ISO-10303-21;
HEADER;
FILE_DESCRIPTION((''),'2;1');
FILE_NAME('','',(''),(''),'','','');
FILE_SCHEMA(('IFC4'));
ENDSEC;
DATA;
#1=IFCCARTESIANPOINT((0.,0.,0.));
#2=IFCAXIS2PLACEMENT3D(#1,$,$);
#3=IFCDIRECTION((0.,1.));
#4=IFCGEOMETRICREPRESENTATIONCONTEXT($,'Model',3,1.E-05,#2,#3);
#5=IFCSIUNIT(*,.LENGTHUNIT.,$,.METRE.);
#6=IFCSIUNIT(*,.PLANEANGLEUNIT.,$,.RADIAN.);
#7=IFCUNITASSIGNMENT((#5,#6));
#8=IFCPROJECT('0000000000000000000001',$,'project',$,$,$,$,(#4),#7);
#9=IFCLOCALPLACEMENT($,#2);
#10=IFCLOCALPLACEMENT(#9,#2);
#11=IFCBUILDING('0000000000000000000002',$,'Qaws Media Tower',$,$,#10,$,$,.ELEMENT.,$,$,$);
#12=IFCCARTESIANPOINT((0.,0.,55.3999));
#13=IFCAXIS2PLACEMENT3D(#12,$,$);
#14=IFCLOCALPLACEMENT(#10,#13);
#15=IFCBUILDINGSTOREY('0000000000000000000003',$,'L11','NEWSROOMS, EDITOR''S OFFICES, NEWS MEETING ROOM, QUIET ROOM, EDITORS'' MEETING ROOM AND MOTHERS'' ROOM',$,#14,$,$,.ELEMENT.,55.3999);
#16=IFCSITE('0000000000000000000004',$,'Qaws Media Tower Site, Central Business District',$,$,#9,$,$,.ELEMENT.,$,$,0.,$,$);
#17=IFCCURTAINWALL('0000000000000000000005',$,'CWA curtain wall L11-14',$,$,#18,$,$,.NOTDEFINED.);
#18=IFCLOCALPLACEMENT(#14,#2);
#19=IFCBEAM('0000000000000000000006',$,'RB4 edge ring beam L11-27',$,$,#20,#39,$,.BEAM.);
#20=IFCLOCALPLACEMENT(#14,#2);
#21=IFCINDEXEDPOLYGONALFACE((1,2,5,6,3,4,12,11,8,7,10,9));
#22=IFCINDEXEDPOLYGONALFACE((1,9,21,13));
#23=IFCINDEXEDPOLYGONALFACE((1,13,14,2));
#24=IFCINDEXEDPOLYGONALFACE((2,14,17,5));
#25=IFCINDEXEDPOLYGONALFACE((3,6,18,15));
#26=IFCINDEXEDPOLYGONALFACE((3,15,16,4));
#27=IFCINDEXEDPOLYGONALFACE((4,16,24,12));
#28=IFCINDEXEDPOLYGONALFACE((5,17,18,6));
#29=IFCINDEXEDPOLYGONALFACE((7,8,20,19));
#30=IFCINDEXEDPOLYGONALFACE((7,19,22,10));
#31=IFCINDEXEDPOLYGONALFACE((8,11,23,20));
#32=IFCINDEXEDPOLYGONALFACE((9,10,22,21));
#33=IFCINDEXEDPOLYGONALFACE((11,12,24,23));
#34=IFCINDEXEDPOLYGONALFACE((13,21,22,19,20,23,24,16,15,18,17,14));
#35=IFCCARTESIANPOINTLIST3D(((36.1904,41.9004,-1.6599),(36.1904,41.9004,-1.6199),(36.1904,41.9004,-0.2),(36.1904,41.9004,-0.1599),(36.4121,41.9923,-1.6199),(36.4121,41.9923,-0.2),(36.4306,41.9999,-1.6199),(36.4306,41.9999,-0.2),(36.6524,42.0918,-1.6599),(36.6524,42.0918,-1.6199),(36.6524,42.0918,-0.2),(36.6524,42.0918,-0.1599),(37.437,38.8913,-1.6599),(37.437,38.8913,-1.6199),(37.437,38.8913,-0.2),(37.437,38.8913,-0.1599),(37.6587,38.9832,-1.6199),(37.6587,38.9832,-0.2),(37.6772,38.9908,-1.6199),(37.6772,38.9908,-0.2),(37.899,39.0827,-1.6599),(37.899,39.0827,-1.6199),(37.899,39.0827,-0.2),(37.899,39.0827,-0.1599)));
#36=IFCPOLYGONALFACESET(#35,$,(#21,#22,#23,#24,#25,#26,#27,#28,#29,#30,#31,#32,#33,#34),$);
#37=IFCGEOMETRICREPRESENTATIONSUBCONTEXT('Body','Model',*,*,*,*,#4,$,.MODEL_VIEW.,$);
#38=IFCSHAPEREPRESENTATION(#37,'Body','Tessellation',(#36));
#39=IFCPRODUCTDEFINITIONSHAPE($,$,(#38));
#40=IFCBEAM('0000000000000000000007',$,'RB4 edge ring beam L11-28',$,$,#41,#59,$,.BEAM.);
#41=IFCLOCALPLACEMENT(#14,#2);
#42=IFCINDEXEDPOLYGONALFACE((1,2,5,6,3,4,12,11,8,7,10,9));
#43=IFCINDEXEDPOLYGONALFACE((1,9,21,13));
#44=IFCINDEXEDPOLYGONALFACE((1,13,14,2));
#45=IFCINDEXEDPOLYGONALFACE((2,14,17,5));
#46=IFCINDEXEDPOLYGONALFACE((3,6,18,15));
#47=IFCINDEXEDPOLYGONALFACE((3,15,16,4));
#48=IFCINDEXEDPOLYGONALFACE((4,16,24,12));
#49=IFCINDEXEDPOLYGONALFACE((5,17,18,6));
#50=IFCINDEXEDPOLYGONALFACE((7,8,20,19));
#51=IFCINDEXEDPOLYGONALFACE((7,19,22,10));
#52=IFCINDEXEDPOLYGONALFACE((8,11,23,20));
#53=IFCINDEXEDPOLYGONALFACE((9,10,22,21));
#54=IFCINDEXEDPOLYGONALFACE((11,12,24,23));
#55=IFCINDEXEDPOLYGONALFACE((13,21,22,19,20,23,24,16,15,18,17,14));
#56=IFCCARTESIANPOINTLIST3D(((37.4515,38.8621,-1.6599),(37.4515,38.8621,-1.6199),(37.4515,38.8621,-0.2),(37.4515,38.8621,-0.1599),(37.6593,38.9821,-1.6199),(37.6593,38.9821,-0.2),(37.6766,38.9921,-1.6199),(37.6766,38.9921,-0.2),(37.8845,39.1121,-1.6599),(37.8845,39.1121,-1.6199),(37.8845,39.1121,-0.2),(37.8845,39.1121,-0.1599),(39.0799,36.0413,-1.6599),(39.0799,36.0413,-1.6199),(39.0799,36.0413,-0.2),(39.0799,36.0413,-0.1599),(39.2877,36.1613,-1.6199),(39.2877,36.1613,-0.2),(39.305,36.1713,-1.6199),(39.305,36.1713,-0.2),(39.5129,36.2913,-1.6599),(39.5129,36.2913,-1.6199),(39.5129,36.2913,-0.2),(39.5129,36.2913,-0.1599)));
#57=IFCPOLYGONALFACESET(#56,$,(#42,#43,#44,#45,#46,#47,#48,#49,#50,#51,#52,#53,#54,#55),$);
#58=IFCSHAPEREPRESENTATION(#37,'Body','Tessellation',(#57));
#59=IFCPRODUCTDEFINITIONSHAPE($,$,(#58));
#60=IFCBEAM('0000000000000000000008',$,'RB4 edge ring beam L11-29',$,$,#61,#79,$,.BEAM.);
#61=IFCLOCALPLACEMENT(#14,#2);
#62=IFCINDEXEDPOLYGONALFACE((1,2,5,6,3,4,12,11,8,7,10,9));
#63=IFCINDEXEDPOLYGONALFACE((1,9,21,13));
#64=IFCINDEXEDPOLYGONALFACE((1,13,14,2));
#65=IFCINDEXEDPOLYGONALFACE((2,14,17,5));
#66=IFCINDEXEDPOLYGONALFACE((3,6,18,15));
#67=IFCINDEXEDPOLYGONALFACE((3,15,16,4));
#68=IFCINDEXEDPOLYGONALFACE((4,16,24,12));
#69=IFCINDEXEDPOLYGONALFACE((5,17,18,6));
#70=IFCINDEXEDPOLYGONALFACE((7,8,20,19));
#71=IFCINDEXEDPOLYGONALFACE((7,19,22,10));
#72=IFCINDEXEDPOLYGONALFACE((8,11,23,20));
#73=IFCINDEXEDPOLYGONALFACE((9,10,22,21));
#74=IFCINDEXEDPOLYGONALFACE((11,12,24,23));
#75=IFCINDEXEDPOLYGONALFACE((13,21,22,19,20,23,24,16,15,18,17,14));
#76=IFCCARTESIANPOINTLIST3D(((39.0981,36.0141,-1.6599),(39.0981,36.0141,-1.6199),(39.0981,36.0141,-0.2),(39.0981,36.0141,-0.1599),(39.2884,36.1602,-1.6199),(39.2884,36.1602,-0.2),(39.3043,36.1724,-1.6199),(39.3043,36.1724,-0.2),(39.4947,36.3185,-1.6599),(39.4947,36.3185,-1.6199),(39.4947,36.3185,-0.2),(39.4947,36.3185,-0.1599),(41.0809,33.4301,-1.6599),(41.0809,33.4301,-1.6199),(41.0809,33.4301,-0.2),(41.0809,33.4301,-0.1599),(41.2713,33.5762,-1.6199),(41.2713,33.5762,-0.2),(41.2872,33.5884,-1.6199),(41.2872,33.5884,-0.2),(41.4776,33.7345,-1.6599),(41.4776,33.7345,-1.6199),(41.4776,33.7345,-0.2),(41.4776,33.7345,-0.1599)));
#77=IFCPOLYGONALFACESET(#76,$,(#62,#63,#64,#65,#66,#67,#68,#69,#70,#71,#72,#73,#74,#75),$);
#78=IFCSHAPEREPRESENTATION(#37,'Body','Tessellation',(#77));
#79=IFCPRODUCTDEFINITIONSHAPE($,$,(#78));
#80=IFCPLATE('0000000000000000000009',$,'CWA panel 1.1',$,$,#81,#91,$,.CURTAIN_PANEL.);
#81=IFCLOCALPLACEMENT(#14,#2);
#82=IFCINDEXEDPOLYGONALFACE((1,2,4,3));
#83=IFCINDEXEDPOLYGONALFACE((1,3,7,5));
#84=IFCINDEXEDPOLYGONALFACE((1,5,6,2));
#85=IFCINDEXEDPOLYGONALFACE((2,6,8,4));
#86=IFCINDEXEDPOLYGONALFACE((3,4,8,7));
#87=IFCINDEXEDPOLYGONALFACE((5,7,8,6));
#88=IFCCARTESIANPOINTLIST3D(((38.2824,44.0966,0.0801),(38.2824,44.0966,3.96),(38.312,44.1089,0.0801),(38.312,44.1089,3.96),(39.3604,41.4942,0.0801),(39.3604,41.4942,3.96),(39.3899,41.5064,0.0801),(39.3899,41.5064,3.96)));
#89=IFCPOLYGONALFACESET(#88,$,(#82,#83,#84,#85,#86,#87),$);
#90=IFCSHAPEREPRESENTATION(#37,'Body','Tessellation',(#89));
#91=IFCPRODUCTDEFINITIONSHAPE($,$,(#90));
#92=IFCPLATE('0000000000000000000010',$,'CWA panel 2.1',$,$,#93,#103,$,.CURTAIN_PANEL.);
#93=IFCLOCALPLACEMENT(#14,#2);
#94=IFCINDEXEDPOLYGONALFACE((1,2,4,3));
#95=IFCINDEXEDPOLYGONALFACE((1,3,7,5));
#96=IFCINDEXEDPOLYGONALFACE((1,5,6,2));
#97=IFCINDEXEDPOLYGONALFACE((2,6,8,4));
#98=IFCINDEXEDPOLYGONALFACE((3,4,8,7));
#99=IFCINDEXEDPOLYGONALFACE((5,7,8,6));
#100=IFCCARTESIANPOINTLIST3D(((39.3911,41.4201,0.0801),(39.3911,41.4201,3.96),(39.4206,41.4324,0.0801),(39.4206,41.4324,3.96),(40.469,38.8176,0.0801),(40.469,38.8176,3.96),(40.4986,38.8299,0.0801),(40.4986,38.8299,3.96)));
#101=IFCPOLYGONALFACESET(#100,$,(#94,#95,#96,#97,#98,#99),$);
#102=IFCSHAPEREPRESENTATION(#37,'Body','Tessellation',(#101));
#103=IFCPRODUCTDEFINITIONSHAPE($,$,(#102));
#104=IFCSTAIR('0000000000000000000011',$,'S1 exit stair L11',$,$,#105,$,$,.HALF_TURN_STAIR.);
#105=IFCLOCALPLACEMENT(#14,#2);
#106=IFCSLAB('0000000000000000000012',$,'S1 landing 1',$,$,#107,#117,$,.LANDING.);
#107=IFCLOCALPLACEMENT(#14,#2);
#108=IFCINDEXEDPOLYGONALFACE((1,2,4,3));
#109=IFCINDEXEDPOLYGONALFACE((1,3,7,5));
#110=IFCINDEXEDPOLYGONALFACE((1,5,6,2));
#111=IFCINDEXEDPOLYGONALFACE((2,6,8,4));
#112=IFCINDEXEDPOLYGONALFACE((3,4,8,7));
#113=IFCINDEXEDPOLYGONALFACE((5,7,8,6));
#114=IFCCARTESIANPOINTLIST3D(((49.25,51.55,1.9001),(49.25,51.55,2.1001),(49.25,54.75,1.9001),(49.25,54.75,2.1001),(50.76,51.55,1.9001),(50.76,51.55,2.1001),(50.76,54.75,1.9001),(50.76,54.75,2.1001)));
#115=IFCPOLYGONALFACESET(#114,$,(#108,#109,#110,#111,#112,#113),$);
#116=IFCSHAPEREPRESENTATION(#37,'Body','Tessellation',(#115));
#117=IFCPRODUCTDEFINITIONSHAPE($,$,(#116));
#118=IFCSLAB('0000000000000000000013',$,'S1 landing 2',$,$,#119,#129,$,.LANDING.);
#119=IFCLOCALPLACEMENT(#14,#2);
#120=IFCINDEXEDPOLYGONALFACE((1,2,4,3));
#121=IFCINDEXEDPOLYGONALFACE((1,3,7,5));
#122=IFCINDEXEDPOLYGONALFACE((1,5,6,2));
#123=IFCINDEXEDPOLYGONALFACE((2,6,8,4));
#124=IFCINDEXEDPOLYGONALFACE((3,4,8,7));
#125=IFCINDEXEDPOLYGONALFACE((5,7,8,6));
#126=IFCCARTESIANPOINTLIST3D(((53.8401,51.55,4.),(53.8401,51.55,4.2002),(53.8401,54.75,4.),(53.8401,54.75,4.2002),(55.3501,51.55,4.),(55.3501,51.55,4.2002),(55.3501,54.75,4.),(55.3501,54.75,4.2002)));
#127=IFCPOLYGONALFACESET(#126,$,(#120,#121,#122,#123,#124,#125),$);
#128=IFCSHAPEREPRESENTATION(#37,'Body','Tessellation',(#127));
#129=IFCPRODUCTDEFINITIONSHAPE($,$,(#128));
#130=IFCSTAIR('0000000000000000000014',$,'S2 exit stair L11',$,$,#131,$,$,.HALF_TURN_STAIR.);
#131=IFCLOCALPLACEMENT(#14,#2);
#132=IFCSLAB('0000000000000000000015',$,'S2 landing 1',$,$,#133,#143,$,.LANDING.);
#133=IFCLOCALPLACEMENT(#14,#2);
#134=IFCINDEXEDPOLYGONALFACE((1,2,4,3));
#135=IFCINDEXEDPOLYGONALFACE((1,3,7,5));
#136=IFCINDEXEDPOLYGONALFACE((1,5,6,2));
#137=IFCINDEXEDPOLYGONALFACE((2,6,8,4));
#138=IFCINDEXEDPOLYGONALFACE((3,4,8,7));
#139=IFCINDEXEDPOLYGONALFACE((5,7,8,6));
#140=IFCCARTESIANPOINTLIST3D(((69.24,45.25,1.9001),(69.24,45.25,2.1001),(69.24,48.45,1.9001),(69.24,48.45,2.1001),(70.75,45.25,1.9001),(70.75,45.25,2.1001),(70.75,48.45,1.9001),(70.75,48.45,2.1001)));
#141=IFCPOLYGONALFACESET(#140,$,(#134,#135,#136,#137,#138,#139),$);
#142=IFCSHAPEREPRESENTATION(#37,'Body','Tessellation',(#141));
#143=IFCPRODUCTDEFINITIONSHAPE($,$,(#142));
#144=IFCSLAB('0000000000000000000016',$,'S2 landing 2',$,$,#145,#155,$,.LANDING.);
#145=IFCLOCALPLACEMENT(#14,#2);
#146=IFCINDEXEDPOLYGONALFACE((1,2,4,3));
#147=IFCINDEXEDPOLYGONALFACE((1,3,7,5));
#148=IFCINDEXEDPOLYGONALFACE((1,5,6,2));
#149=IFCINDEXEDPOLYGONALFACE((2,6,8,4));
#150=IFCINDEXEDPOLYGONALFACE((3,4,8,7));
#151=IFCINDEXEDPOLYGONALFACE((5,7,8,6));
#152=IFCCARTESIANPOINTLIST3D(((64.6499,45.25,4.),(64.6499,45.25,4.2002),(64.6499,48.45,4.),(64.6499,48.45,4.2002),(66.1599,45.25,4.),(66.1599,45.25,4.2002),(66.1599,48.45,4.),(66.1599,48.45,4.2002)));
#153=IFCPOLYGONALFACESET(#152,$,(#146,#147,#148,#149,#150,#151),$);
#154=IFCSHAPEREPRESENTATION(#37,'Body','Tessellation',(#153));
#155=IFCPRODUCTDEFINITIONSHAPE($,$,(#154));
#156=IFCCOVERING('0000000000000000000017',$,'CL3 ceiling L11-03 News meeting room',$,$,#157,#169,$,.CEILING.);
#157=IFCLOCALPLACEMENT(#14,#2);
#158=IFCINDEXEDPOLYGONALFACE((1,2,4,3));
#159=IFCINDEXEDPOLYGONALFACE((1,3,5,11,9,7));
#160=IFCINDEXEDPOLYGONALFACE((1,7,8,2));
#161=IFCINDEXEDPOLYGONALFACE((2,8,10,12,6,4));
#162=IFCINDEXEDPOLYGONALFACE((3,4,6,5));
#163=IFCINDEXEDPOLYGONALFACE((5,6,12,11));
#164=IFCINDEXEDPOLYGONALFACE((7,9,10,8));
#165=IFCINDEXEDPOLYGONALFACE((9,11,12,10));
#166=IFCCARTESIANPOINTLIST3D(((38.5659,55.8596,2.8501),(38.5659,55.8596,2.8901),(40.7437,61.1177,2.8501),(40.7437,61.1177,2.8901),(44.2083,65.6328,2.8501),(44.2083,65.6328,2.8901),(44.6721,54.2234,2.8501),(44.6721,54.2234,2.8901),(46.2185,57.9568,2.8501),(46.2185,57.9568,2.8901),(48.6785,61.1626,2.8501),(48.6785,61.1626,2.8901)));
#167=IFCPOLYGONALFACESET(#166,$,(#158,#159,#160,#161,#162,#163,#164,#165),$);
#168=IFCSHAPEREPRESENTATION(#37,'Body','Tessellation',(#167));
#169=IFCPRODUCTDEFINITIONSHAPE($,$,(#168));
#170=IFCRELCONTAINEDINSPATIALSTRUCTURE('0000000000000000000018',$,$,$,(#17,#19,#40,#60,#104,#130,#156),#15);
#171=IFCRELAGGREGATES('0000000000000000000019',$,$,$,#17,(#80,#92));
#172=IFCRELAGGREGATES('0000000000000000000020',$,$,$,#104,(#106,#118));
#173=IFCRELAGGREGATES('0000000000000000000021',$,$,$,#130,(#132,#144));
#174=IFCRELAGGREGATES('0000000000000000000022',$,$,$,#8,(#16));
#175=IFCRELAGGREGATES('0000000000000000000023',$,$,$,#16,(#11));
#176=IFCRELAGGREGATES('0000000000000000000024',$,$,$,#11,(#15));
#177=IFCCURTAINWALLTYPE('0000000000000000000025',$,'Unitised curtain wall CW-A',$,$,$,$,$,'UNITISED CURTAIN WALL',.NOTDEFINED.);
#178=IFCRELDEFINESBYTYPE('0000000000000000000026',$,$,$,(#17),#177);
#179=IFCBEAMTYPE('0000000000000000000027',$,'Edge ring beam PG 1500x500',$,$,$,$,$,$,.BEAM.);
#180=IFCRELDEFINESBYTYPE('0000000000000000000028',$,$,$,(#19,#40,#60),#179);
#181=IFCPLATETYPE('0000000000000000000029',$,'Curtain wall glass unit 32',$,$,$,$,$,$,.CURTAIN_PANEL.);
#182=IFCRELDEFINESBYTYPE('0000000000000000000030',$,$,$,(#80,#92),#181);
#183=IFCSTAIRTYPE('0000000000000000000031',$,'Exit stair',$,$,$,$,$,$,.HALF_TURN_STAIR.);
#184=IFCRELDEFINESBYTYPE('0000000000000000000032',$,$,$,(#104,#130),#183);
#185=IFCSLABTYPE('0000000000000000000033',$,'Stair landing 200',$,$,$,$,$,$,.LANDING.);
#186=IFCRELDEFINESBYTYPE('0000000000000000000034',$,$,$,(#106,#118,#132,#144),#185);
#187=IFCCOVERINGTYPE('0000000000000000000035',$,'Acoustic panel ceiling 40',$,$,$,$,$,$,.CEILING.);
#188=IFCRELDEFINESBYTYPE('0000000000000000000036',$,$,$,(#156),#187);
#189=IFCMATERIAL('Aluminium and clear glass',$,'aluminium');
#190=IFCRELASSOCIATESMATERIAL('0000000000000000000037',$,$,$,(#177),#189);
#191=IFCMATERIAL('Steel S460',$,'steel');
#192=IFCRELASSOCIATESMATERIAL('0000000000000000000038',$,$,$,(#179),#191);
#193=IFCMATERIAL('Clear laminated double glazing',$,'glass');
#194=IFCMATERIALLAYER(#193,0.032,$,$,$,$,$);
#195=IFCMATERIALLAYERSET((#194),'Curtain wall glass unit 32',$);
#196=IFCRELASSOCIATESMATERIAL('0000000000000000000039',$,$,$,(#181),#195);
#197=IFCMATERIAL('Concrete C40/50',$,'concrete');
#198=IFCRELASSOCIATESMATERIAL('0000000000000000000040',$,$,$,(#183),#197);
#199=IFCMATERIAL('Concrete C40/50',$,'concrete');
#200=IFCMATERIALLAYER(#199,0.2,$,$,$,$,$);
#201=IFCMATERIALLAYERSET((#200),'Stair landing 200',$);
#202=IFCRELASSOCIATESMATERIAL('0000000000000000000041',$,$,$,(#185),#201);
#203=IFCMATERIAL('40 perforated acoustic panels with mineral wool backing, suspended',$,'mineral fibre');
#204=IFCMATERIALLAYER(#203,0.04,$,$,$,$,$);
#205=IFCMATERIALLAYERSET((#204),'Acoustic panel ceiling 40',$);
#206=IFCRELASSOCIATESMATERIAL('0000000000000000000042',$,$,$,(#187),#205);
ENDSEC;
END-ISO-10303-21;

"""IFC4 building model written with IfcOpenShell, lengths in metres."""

from ifc_helpers import new_model, si_unit, direction, frame, origin, origin_2d, place, context, subcontext, project, spatial, polyline, rectangle, i_section, outline, extrude, material, layer, layer_set, material_profile, profile_set, type_object, element, aggregate, save


model = new_model("IFC4")

# Units and contexts
model_context = context("Model", 3, precision=1e-05, world=origin(), true_north=direction((0.0, 1.0)))
body_context = subcontext(model_context, "Body", "Model", "MODEL_VIEW")
ifc_project = project(units=[si_unit("LENGTHUNIT", "METRE"), si_unit("PLANEANGLEUNIT", "RADIAN")], contexts=[model_context])

# Site, building, storey
site_placement = place(None, origin())
site = spatial("IfcSite", under=ifc_project, at=site_placement, Name="Qaws Media Tower Site, Central Business District", CompositionType="ELEMENT", RefElevation=0.0)
building_placement = place(site_placement, origin())
building = spatial("IfcBuilding", under=site, at=building_placement, Name="Qaws Media Tower", CompositionType="ELEMENT")
storey_placement = place(building_placement, frame((0.0, 0.0, 55.3999)))
storey = spatial("IfcBuildingStorey", under=building, at=storey_placement, Name="L11", Description="NEWSROOMS, EDITOR'S OFFICES, NEWS MEETING ROOM, QUIET ROOM, EDITORS' MEETING ROOM AND MOTHERS' ROOM", CompositionType="ELEMENT", Elevation=55.3999)

# Curtain wall
ifc_material_1 = material(Name="Aluminium and clear glass", Category="aluminium")
curtain_wall_type = type_object("IfcCurtainWallType", Name="Unitised curtain wall CW-A", ElementType="UNITISED CURTAIN WALL", PredefinedType="NOTDEFINED", material=ifc_material_1)
curtain_wall_placement = place(storey_placement, origin())
curtain_wall = element("IfcCurtainWall", 1, at=curtain_wall_placement, inside=storey, type_object=curtain_wall_type, Name="CWA curtain wall L11-14", PredefinedType="NOTDEFINED")

# Beams
ifc_material_2 = material(Name="Steel S460", Category="steel")
ifc_material_profile_1 = material_profile(ifc_material_2, i_section(OverallWidth=0.5, OverallDepth=1.5, WebThickness=0.02, FlangeThickness=0.04, at=origin_2d()), Name="PG 1500x500")
ifc_profile_set_1 = profile_set([ifc_material_profile_1], Name="Steel S460")
beam_type = type_object("IfcBeamType", Name="Edge ring beam PG 1500x500", PredefinedType="BEAM", material=ifc_profile_set_1)
for number, where, z_axis, x_axis, name in (
    (2, (36.4214, 41.9961, -0.9099), (0.382736, -0.923858, 0.0), (0.923858, 0.382736, 0.0), "RB4 edge ring beam L11-27"),
    (3, (37.668, 38.9871, -0.9099), (0.49996, -0.866048, 0.0), (0.866048, 0.49996, 0.0), "RB4 edge ring beam L11-28"),
    (4, (39.2964, 36.1663, -0.9099), (0.60879, -0.793331, 0.0), (0.793331, 0.60879, 0.0), "RB4 edge ring beam L11-29"),
):
    element("IfcBeam", number, at=place(storey_placement, frame(where, z_axis=z_axis, x_axis=x_axis)), inside=storey, type_object=beam_type, Name=name, PredefinedType="BEAM", context=body_context, shape_type="SweptSolid", body=[
        extrude(i_section(OverallWidth=0.5, OverallDepth=1.5, WebThickness=0.02, FlangeThickness=0.04, at=origin_2d()), origin(), (0.0, 0.0, 1.0), 3.2571),
    ])

# Plates
ifc_material_3 = material(Name="Clear laminated double glazing", Category="glass")
ifc_layer_1 = layer(ifc_material_3, 0.032)
ifc_layer_set_1 = layer_set([ifc_layer_1], Name="Curtain wall glass unit 32")
plate_type = type_object("IfcPlateType", Name="Curtain wall glass unit 32", PredefinedType="CURTAIN_PANEL", material=ifc_layer_set_1)
plate_1_placement = place(storey_placement, frame((38.8362, 42.8015, 0.0801), z_axis=(0.0, 0.0, 1.0), x_axis=(0.382683, -0.92388, 0.0)))
plate_1 = element("IfcPlate", 5, at=plate_1_placement, type_object=plate_type, Name="CWA panel 1.1", PredefinedType="CURTAIN_PANEL", context=body_context, shape_type="SweptSolid", body=[
    extrude(rectangle(XDim=2.8169, YDim=0.032, at=origin_2d()), origin(), (0.0, 0.0, 1.0), 3.8799),
])
plate_2_placement = place(storey_placement, frame((39.9448, 40.125, 0.0801), z_axis=(0.0, 0.0, 1.0), x_axis=(0.382683, -0.92388, 0.0)))
plate_2 = element("IfcPlate", 6, at=plate_2_placement, type_object=plate_type, Name="CWA panel 2.1", PredefinedType="CURTAIN_PANEL", context=body_context, shape_type="SweptSolid", body=[
    extrude(rectangle(XDim=2.8169, YDim=0.032, at=origin_2d()), origin(), (0.0, 0.0, 1.0), 3.8799),
])
aggregate(curtain_wall, [plate_1, plate_2])

# Stairs, slabs
ifc_material_4 = material(Name="Concrete C40/50", Category="concrete")
stair_type = type_object("IfcStairType", Name="Exit stair", PredefinedType="HALF_TURN_STAIR", material=ifc_material_4)
stair_1_placement = place(storey_placement, origin())
stair_1 = element("IfcStair", 7, at=stair_1_placement, inside=storey, type_object=stair_type, Name="S1 exit stair L11", PredefinedType="HALF_TURN_STAIR")
ifc_material_5 = material(Name="Concrete C40/50", Category="concrete")
ifc_layer_2 = layer(ifc_material_5, 0.2)
ifc_layer_set_2 = layer_set([ifc_layer_2], Name="Stair landing 200")
slab_type = type_object("IfcSlabType", Name="Stair landing 200", PredefinedType="LANDING", material=ifc_layer_set_2)
slab_1_placement = place(storey_placement, frame((0.0, 0.0, 1.9001)))
slab_1 = element("IfcSlab", 8, at=slab_1_placement, type_object=slab_type, Name="S1 landing 1", PredefinedType="LANDING", context=body_context, shape_type="SweptSolid", body=[
    extrude(outline(polyline([(49.25, 51.55), (50.76, 51.55), (50.76, 54.75), (49.25, 54.75), (49.25, 51.55)])), origin(), (0.0, 0.0, 1.0), 0.2),
])
slab_2_placement = place(storey_placement, frame((0.0, 0.0, 4.0)))
slab_2 = element("IfcSlab", 9, at=slab_2_placement, type_object=slab_type, Name="S1 landing 2", PredefinedType="LANDING", context=body_context, shape_type="SweptSolid", body=[
    extrude(outline(polyline([(53.8401, 51.55), (55.3501, 51.55), (55.3501, 54.75), (53.8401, 54.75), (53.8401, 51.55)])), origin(), (0.0, 0.0, 1.0), 0.2002),
])
aggregate(stair_1, [slab_1, slab_2])
stair_2_placement = place(storey_placement, origin())
stair_2 = element("IfcStair", 10, at=stair_2_placement, inside=storey, type_object=stair_type, Name="S2 exit stair L11", PredefinedType="HALF_TURN_STAIR")
slab_3_placement = place(storey_placement, frame((0.0, 0.0, 1.9001)))
slab_3 = element("IfcSlab", 11, at=slab_3_placement, type_object=slab_type, Name="S2 landing 1", PredefinedType="LANDING", context=body_context, shape_type="SweptSolid", body=[
    extrude(outline(polyline([(69.24, 45.25), (70.75, 45.25), (70.75, 48.45), (69.24, 48.45), (69.24, 45.25)])), origin(), (0.0, 0.0, 1.0), 0.2),
])
slab_4_placement = place(storey_placement, frame((0.0, 0.0, 4.0)))
slab_4 = element("IfcSlab", 12, at=slab_4_placement, type_object=slab_type, Name="S2 landing 2", PredefinedType="LANDING", context=body_context, shape_type="SweptSolid", body=[
    extrude(outline(polyline([(64.6499, 45.25), (66.1599, 45.25), (66.1599, 48.45), (64.6499, 48.45), (64.6499, 45.25)])), origin(), (0.0, 0.0, 1.0), 0.2002),
])
aggregate(stair_2, [slab_3, slab_4])

# Covering
ifc_material_6 = material(Name="40 perforated acoustic panels with mineral wool backing, suspended", Category="mineral fibre")
ifc_layer_3 = layer(ifc_material_6, 0.04)
ifc_layer_set_3 = layer_set([ifc_layer_3], Name="Acoustic panel ceiling 40")
covering_type_1 = type_object("IfcCoveringType", Name="Acoustic panel ceiling 40", PredefinedType="CEILING", material=ifc_layer_set_3)
covering_1_placement = place(storey_placement, frame((0.0, 0.0, 2.8501)))
element("IfcCovering", 13, at=covering_1_placement, inside=storey, type_object=covering_type_1, Name="CL3 ceiling L11-03 News meeting room", PredefinedType="CEILING", context=body_context, shape_type="SweptSolid", body=[
    extrude(outline(polyline([(40.7437, 61.1177), (44.2083, 65.6328), (48.6785, 61.1626), (46.2185, 57.9568), (44.6721, 54.2234), (38.5659, 55.8596), (40.7437, 61.1177)])), origin(), (0.0, 0.0, 1.0), 0.04),
])

save(model, "model.ifc")
